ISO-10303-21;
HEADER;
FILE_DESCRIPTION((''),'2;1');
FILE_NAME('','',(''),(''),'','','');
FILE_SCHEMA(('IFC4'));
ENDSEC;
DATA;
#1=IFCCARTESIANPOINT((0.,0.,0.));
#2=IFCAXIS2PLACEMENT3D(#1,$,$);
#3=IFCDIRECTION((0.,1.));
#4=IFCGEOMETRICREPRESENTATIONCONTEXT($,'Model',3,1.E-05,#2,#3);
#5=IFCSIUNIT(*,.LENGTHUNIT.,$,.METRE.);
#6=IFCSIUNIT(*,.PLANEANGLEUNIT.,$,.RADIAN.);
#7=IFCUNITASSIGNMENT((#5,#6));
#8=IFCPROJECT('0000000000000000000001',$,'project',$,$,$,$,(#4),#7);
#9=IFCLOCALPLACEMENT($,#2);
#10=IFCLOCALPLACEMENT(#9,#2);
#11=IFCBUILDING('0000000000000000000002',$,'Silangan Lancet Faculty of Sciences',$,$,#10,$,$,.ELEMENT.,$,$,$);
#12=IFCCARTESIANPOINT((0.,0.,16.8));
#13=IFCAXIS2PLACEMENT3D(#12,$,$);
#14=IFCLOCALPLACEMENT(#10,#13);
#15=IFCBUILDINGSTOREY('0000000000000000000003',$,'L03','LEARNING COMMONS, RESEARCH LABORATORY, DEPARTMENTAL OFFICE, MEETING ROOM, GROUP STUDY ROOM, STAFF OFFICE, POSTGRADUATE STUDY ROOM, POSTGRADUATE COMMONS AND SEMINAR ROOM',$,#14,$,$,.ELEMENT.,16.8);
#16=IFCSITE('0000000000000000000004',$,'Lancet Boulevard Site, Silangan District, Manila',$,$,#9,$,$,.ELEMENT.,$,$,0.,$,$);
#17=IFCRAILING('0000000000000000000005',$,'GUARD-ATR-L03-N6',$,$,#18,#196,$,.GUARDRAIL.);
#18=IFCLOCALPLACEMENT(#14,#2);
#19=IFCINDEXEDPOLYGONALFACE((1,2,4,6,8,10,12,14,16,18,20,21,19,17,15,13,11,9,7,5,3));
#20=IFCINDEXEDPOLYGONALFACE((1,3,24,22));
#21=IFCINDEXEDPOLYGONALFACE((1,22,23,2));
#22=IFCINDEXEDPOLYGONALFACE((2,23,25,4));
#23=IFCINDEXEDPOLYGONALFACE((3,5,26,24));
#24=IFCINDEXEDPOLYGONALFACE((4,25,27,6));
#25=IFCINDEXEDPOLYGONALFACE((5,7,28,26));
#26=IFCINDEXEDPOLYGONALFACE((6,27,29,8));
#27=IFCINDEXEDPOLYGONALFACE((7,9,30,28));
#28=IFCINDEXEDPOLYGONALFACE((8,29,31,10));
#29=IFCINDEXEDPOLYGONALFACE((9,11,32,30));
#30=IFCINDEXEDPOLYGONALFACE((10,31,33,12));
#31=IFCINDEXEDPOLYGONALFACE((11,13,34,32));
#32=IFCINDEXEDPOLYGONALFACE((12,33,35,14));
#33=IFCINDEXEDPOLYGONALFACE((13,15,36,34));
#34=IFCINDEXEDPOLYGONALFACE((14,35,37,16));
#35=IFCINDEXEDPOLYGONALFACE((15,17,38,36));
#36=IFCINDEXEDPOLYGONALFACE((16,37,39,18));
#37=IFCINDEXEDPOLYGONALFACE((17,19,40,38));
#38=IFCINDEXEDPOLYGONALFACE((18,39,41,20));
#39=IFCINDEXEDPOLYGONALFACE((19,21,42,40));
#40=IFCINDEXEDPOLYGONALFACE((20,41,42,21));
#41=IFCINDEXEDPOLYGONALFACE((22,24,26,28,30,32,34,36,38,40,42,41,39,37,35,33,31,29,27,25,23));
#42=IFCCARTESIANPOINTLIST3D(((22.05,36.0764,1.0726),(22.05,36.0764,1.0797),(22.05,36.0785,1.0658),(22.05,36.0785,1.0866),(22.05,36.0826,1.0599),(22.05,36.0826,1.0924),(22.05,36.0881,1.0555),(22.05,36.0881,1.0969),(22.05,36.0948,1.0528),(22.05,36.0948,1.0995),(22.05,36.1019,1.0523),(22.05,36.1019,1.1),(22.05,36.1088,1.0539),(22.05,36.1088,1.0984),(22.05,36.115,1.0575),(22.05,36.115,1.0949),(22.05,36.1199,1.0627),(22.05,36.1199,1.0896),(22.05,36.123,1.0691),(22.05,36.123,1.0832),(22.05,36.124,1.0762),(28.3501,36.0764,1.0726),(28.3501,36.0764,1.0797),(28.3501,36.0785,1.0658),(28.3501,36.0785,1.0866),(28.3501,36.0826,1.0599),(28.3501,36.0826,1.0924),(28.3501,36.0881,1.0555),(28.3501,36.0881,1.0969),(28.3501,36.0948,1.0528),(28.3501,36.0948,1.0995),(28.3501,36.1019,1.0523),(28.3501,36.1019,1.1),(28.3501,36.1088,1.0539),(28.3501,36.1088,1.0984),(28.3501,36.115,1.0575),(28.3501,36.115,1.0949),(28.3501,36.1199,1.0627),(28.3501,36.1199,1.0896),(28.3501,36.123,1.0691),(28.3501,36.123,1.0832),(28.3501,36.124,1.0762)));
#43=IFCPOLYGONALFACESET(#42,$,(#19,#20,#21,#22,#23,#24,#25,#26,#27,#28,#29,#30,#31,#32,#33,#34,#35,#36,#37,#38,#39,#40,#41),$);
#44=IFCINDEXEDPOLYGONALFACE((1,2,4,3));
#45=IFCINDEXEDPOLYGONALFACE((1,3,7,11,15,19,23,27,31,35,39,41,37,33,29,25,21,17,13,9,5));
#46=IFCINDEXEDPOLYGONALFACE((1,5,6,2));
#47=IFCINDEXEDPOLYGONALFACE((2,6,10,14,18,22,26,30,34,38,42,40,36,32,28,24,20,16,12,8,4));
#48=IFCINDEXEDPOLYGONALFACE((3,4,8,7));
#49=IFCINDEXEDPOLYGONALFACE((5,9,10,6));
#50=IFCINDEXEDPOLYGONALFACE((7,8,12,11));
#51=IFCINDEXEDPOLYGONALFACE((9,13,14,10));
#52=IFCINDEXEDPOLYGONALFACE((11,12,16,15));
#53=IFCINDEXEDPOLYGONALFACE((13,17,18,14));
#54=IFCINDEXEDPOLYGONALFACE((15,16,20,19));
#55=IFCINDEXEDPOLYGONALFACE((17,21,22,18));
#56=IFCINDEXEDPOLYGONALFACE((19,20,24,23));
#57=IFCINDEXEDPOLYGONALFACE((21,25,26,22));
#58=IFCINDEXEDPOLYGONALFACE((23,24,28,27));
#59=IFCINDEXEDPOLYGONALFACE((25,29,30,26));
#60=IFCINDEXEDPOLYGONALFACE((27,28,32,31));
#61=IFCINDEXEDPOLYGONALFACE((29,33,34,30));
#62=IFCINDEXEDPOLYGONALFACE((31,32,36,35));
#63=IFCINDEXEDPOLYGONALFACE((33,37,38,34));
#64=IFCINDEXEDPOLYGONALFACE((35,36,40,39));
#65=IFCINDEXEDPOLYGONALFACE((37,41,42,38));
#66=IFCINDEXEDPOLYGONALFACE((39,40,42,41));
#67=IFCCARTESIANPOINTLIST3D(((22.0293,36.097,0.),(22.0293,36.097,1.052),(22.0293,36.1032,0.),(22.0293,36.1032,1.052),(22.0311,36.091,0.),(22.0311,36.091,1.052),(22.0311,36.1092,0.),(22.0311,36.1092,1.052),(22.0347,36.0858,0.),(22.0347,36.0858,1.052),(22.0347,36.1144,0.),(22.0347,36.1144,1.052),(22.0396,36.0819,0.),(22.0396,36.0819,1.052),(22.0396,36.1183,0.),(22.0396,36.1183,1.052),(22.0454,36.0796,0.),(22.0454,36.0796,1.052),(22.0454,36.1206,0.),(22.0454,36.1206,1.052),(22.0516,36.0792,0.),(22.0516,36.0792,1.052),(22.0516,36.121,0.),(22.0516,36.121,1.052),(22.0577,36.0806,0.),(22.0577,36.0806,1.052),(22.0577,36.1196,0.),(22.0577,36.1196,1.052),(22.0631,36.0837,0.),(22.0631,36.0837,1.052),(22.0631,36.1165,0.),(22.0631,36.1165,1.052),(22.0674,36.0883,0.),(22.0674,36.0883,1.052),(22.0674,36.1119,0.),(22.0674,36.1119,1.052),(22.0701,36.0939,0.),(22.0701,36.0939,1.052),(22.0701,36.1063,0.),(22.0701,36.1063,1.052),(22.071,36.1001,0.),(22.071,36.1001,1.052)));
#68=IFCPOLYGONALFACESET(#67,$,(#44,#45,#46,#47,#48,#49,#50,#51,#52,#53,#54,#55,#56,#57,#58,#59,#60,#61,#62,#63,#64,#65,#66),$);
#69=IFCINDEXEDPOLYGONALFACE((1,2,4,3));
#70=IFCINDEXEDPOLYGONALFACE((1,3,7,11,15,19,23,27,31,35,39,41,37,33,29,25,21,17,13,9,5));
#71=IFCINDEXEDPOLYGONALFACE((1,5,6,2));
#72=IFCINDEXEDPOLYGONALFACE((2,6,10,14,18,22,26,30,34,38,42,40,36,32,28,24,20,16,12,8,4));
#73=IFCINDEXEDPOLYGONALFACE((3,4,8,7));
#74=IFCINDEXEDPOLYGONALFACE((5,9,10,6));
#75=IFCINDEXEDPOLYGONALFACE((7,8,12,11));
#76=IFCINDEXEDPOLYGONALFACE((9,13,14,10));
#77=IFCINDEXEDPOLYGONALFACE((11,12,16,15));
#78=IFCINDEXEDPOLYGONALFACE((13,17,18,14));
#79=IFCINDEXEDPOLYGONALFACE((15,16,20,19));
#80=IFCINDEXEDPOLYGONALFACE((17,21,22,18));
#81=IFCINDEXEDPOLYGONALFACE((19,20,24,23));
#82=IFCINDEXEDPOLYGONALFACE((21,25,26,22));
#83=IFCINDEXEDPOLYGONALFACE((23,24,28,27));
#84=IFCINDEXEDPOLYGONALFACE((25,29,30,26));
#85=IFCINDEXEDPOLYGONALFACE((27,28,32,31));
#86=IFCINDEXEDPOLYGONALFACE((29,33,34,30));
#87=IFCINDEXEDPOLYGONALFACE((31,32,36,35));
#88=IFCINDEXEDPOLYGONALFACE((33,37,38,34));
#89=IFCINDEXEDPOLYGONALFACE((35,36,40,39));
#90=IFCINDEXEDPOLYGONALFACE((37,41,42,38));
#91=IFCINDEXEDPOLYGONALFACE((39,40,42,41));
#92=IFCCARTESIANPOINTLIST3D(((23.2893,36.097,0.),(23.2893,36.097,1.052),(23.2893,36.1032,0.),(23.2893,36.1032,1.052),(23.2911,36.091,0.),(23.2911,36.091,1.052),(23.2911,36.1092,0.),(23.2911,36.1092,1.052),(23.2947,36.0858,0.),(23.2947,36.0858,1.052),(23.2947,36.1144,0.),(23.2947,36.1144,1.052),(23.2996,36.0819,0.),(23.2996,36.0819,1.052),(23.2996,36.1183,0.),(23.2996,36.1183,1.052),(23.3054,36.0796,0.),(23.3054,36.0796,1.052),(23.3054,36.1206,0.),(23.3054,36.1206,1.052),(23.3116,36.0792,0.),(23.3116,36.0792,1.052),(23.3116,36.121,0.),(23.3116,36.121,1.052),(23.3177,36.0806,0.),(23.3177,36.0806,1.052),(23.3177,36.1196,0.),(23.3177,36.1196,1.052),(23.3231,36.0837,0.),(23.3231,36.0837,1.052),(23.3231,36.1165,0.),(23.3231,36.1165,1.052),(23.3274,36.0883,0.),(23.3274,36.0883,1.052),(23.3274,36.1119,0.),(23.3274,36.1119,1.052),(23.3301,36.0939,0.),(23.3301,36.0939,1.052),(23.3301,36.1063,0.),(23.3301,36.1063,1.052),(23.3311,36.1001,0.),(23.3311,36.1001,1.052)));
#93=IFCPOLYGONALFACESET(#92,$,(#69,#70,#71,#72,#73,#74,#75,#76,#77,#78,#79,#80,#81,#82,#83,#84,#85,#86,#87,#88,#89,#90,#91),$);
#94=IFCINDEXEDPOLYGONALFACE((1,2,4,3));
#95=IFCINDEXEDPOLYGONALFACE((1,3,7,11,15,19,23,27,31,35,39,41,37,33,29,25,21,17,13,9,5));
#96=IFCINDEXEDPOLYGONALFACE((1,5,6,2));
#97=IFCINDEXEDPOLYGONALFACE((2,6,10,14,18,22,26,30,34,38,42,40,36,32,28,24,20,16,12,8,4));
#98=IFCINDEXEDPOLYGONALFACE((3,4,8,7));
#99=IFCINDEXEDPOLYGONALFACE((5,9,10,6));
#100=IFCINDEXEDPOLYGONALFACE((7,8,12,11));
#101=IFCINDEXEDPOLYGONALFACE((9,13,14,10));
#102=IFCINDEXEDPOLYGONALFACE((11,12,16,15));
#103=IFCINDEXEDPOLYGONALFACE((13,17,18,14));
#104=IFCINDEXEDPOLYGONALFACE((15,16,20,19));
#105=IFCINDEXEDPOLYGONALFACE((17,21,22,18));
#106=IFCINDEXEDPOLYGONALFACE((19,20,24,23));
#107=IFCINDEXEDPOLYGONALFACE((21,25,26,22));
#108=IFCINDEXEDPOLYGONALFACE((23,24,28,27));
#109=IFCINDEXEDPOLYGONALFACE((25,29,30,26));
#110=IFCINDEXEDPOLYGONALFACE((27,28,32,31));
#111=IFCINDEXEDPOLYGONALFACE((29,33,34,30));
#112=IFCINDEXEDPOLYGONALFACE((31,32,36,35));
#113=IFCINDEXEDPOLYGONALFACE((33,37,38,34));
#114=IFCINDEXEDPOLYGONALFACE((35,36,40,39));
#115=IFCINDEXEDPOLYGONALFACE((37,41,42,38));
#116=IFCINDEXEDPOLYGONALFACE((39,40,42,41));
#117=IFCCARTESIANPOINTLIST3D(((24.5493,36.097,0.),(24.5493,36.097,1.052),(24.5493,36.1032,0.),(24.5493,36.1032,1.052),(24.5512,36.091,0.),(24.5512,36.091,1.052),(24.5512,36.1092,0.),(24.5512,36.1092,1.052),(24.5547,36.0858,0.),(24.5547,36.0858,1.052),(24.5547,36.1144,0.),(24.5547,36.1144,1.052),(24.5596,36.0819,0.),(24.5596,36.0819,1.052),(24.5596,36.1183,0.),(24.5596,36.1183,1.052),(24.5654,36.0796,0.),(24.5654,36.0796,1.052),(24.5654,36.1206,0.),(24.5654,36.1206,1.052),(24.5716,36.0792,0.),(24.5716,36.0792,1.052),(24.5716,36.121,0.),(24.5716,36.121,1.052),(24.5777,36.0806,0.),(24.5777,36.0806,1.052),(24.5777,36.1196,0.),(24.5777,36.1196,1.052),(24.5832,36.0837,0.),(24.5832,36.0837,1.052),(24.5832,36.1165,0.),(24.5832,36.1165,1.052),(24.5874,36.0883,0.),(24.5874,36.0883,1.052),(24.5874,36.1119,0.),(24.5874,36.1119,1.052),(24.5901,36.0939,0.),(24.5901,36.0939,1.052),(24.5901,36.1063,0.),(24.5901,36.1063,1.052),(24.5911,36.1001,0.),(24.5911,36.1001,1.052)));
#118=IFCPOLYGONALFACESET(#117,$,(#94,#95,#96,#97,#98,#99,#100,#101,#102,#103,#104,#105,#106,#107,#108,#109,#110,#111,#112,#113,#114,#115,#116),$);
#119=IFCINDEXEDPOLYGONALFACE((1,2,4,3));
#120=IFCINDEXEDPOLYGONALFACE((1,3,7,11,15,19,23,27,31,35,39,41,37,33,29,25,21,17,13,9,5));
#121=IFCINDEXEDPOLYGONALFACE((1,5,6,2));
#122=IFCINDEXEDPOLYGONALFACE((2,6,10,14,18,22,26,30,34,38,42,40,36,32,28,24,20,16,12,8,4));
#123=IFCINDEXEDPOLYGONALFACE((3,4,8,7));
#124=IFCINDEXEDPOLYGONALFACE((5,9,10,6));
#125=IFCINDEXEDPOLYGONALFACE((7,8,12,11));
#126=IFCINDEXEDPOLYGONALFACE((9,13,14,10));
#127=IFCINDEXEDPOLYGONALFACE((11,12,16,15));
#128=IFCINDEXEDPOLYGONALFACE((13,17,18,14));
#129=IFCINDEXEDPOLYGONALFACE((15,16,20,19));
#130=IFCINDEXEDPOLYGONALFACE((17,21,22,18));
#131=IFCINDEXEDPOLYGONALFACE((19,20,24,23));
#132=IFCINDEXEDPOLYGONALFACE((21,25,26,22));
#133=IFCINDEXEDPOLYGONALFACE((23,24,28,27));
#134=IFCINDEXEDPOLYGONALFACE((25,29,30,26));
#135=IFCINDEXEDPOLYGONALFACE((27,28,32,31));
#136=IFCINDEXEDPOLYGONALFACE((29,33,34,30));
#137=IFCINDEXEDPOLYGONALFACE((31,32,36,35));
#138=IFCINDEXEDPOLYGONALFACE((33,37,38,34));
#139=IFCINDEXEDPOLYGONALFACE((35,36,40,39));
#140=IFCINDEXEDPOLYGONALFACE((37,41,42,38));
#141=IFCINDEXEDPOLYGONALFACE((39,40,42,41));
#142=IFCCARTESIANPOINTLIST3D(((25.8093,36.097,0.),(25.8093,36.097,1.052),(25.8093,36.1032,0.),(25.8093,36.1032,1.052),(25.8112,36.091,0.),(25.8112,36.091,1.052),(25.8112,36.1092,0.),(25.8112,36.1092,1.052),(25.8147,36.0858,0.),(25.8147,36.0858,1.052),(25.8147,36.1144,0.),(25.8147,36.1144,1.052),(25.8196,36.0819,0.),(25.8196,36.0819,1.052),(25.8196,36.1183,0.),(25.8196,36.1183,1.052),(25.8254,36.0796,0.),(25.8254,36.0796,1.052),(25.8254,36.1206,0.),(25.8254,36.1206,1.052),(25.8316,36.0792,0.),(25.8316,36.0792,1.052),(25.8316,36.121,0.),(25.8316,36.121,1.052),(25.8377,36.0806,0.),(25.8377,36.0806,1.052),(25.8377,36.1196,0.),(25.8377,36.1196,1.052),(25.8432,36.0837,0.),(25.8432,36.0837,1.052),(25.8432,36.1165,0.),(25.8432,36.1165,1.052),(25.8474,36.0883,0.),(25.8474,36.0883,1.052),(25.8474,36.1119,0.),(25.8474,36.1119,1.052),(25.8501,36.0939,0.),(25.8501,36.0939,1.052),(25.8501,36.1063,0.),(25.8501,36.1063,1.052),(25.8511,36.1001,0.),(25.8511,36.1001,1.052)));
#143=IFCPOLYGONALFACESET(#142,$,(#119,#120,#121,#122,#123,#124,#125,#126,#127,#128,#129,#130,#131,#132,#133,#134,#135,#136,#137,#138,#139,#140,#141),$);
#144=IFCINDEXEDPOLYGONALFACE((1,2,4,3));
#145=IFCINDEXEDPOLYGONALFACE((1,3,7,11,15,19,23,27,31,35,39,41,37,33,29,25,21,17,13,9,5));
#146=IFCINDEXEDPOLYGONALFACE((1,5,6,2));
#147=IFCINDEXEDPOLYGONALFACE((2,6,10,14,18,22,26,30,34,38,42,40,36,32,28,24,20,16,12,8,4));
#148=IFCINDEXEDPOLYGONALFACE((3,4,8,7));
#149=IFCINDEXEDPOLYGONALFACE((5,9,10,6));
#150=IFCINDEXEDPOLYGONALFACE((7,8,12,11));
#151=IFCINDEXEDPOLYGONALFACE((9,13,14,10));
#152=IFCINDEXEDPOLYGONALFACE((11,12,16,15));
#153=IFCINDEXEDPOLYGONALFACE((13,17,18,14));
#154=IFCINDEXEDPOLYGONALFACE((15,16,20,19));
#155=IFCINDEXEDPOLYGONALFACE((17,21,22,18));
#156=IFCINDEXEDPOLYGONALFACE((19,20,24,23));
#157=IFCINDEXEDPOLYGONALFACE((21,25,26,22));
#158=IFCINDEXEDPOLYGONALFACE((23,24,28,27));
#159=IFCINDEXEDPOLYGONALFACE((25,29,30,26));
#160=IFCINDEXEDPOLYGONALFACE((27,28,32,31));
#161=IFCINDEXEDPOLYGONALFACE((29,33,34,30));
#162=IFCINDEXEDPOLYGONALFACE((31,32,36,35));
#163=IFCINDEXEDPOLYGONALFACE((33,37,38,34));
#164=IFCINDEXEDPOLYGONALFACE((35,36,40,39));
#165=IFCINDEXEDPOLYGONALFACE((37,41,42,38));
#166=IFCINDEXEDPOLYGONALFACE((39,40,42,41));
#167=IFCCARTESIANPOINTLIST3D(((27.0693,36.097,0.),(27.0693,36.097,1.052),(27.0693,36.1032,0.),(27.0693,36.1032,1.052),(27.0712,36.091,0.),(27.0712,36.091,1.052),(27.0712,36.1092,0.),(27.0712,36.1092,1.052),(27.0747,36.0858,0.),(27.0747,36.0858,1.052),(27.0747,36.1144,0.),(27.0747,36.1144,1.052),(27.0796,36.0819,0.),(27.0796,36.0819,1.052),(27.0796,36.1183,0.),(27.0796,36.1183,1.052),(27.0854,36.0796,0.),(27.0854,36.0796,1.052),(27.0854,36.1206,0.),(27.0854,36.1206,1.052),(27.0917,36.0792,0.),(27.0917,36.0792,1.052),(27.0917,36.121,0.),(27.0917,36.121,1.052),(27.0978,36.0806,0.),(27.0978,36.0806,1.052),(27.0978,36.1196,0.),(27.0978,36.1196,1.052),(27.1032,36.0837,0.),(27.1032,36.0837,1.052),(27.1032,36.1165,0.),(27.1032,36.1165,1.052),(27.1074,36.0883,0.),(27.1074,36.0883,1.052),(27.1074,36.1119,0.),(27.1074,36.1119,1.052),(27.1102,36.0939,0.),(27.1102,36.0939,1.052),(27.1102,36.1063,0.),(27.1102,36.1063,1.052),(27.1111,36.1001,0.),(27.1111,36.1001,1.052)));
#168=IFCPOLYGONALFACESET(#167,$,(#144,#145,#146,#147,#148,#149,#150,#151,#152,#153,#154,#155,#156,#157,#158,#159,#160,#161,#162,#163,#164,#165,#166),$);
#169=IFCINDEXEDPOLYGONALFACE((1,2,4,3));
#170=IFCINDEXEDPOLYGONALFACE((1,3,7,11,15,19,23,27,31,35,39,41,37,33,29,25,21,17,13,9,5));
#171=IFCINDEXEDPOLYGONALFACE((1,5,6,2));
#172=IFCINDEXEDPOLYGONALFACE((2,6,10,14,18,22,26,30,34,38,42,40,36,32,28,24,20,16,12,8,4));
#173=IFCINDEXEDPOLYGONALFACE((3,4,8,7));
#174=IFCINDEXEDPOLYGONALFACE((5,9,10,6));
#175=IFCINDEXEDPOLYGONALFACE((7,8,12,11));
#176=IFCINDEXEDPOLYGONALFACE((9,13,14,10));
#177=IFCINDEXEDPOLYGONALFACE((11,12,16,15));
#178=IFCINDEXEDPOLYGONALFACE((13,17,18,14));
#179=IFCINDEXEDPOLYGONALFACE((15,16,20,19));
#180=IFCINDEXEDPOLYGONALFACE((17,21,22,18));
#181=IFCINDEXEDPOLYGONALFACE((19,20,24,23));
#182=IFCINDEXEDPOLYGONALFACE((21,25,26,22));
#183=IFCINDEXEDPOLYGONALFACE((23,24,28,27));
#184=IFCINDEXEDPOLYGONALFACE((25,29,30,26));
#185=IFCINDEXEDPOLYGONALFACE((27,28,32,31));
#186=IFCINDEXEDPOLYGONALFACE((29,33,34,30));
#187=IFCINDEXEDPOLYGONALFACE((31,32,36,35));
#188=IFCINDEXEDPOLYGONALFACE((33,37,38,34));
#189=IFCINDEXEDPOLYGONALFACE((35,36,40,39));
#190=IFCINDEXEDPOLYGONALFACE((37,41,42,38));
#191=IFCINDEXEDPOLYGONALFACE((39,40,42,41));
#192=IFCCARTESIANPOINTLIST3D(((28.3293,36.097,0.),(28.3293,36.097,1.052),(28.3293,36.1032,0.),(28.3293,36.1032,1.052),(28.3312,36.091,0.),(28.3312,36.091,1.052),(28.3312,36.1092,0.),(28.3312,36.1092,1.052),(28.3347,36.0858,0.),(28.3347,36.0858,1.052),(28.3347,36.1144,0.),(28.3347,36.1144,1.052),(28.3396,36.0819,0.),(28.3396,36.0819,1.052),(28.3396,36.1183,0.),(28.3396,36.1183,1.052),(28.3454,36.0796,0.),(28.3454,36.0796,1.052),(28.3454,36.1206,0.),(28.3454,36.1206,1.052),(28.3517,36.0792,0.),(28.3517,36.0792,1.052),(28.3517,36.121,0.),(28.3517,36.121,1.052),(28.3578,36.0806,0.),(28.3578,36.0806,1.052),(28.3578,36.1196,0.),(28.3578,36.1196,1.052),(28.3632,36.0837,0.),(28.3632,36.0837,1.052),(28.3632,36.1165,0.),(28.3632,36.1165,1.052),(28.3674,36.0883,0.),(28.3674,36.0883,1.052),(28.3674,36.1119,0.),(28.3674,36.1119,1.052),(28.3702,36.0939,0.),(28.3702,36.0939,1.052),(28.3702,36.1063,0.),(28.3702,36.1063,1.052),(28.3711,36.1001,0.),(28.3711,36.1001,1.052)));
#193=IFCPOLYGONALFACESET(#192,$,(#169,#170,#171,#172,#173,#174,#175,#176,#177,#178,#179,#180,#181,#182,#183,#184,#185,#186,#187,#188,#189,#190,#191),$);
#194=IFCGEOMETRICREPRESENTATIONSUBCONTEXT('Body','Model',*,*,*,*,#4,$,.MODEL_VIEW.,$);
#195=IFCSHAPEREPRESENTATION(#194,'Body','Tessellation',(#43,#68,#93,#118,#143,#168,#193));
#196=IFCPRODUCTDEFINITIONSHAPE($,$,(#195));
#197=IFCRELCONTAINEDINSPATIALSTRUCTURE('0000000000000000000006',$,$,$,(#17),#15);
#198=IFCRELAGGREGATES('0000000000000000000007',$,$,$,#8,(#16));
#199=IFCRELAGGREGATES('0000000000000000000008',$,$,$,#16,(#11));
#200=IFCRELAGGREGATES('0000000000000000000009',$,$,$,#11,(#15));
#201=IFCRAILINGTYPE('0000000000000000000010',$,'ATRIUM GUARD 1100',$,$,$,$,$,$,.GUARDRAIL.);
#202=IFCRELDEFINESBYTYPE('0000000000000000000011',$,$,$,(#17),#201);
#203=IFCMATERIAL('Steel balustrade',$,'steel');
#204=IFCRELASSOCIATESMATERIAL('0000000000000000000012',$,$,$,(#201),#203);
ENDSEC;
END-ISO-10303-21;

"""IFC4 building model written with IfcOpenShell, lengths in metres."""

from ifc_helpers import new_model, si_unit, direction, frame, origin, origin_2d, place, context, subcontext, project, spatial, circle, extrude, material, type_object, element, save


model = new_model("IFC4")

# Units and contexts
model_context = context("Model", 3, precision=1e-05, world=origin(), true_north=direction((0.0, 1.0)))
body_context = subcontext(model_context, "Body", "Model", "MODEL_VIEW")
ifc_project = project(units=[si_unit("LENGTHUNIT", "METRE"), si_unit("PLANEANGLEUNIT", "RADIAN")], contexts=[model_context])

# Site, building, storey
site_placement = place(None, origin())
site = spatial("IfcSite", under=ifc_project, at=site_placement, Name="Lancet Boulevard Site, Silangan District, Manila", CompositionType="ELEMENT", RefElevation=0.0)
building_placement = place(site_placement, origin())
building = spatial("IfcBuilding", under=site, at=building_placement, Name="Silangan Lancet Faculty of Sciences", CompositionType="ELEMENT")
storey_placement = place(building_placement, frame((0.0, 0.0, 16.8)))
storey = spatial("IfcBuildingStorey", under=building, at=storey_placement, Name="L03", Description="LEARNING COMMONS, RESEARCH LABORATORY, DEPARTMENTAL OFFICE, MEETING ROOM, GROUP STUDY ROOM, STAFF OFFICE, POSTGRADUATE STUDY ROOM, POSTGRADUATE COMMONS AND SEMINAR ROOM", CompositionType="ELEMENT", Elevation=16.8)

# Railing
ifc_material_1 = material(Name="Steel balustrade", Category="steel")
railing_type = type_object("IfcRailingType", Name="ATRIUM GUARD 1100", PredefinedType="GUARDRAIL", material=ifc_material_1)
railing_placement = place(storey_placement, frame((22.05, 36.1001, 0.0)))
element("IfcRailing", 1, at=railing_placement, inside=storey, type_object=railing_type, Name="GUARD-ATR-L03-N6", PredefinedType="GUARDRAIL", context=body_context, shape_type="SweptSolid", body=[
    extrude(circle(Radius=0.0239, at=origin_2d()), frame((0.0, 0.0, 1.0762), z_axis=(1.0, 0.0, 0.0), x_axis=(0.0, 1.0, 0.0)), (0.0, 0.0, 1.0), 6.3),
    extrude(circle(Radius=0.021, at=origin_2d()), origin(), (0.0, 0.0, 1.0), 1.052),
    extrude(circle(Radius=0.021, at=origin_2d()), frame((1.26, 0.0, 0.0)), (0.0, 0.0, 1.0), 1.052),
    extrude(circle(Radius=0.021, at=origin_2d()), frame((2.52, 0.0, 0.0)), (0.0, 0.0, 1.0), 1.052),
    extrude(circle(Radius=0.021, at=origin_2d()), frame((3.78, 0.0, 0.0)), (0.0, 0.0, 1.0), 1.052),
    extrude(circle(Radius=0.021, at=origin_2d()), frame((5.04, 0.0, 0.0)), (0.0, 0.0, 1.0), 1.052),
    extrude(circle(Radius=0.021, at=origin_2d()), frame((6.3, 0.0, 0.0)), (0.0, 0.0, 1.0), 1.052),
])

save(model, "model.ifc")
